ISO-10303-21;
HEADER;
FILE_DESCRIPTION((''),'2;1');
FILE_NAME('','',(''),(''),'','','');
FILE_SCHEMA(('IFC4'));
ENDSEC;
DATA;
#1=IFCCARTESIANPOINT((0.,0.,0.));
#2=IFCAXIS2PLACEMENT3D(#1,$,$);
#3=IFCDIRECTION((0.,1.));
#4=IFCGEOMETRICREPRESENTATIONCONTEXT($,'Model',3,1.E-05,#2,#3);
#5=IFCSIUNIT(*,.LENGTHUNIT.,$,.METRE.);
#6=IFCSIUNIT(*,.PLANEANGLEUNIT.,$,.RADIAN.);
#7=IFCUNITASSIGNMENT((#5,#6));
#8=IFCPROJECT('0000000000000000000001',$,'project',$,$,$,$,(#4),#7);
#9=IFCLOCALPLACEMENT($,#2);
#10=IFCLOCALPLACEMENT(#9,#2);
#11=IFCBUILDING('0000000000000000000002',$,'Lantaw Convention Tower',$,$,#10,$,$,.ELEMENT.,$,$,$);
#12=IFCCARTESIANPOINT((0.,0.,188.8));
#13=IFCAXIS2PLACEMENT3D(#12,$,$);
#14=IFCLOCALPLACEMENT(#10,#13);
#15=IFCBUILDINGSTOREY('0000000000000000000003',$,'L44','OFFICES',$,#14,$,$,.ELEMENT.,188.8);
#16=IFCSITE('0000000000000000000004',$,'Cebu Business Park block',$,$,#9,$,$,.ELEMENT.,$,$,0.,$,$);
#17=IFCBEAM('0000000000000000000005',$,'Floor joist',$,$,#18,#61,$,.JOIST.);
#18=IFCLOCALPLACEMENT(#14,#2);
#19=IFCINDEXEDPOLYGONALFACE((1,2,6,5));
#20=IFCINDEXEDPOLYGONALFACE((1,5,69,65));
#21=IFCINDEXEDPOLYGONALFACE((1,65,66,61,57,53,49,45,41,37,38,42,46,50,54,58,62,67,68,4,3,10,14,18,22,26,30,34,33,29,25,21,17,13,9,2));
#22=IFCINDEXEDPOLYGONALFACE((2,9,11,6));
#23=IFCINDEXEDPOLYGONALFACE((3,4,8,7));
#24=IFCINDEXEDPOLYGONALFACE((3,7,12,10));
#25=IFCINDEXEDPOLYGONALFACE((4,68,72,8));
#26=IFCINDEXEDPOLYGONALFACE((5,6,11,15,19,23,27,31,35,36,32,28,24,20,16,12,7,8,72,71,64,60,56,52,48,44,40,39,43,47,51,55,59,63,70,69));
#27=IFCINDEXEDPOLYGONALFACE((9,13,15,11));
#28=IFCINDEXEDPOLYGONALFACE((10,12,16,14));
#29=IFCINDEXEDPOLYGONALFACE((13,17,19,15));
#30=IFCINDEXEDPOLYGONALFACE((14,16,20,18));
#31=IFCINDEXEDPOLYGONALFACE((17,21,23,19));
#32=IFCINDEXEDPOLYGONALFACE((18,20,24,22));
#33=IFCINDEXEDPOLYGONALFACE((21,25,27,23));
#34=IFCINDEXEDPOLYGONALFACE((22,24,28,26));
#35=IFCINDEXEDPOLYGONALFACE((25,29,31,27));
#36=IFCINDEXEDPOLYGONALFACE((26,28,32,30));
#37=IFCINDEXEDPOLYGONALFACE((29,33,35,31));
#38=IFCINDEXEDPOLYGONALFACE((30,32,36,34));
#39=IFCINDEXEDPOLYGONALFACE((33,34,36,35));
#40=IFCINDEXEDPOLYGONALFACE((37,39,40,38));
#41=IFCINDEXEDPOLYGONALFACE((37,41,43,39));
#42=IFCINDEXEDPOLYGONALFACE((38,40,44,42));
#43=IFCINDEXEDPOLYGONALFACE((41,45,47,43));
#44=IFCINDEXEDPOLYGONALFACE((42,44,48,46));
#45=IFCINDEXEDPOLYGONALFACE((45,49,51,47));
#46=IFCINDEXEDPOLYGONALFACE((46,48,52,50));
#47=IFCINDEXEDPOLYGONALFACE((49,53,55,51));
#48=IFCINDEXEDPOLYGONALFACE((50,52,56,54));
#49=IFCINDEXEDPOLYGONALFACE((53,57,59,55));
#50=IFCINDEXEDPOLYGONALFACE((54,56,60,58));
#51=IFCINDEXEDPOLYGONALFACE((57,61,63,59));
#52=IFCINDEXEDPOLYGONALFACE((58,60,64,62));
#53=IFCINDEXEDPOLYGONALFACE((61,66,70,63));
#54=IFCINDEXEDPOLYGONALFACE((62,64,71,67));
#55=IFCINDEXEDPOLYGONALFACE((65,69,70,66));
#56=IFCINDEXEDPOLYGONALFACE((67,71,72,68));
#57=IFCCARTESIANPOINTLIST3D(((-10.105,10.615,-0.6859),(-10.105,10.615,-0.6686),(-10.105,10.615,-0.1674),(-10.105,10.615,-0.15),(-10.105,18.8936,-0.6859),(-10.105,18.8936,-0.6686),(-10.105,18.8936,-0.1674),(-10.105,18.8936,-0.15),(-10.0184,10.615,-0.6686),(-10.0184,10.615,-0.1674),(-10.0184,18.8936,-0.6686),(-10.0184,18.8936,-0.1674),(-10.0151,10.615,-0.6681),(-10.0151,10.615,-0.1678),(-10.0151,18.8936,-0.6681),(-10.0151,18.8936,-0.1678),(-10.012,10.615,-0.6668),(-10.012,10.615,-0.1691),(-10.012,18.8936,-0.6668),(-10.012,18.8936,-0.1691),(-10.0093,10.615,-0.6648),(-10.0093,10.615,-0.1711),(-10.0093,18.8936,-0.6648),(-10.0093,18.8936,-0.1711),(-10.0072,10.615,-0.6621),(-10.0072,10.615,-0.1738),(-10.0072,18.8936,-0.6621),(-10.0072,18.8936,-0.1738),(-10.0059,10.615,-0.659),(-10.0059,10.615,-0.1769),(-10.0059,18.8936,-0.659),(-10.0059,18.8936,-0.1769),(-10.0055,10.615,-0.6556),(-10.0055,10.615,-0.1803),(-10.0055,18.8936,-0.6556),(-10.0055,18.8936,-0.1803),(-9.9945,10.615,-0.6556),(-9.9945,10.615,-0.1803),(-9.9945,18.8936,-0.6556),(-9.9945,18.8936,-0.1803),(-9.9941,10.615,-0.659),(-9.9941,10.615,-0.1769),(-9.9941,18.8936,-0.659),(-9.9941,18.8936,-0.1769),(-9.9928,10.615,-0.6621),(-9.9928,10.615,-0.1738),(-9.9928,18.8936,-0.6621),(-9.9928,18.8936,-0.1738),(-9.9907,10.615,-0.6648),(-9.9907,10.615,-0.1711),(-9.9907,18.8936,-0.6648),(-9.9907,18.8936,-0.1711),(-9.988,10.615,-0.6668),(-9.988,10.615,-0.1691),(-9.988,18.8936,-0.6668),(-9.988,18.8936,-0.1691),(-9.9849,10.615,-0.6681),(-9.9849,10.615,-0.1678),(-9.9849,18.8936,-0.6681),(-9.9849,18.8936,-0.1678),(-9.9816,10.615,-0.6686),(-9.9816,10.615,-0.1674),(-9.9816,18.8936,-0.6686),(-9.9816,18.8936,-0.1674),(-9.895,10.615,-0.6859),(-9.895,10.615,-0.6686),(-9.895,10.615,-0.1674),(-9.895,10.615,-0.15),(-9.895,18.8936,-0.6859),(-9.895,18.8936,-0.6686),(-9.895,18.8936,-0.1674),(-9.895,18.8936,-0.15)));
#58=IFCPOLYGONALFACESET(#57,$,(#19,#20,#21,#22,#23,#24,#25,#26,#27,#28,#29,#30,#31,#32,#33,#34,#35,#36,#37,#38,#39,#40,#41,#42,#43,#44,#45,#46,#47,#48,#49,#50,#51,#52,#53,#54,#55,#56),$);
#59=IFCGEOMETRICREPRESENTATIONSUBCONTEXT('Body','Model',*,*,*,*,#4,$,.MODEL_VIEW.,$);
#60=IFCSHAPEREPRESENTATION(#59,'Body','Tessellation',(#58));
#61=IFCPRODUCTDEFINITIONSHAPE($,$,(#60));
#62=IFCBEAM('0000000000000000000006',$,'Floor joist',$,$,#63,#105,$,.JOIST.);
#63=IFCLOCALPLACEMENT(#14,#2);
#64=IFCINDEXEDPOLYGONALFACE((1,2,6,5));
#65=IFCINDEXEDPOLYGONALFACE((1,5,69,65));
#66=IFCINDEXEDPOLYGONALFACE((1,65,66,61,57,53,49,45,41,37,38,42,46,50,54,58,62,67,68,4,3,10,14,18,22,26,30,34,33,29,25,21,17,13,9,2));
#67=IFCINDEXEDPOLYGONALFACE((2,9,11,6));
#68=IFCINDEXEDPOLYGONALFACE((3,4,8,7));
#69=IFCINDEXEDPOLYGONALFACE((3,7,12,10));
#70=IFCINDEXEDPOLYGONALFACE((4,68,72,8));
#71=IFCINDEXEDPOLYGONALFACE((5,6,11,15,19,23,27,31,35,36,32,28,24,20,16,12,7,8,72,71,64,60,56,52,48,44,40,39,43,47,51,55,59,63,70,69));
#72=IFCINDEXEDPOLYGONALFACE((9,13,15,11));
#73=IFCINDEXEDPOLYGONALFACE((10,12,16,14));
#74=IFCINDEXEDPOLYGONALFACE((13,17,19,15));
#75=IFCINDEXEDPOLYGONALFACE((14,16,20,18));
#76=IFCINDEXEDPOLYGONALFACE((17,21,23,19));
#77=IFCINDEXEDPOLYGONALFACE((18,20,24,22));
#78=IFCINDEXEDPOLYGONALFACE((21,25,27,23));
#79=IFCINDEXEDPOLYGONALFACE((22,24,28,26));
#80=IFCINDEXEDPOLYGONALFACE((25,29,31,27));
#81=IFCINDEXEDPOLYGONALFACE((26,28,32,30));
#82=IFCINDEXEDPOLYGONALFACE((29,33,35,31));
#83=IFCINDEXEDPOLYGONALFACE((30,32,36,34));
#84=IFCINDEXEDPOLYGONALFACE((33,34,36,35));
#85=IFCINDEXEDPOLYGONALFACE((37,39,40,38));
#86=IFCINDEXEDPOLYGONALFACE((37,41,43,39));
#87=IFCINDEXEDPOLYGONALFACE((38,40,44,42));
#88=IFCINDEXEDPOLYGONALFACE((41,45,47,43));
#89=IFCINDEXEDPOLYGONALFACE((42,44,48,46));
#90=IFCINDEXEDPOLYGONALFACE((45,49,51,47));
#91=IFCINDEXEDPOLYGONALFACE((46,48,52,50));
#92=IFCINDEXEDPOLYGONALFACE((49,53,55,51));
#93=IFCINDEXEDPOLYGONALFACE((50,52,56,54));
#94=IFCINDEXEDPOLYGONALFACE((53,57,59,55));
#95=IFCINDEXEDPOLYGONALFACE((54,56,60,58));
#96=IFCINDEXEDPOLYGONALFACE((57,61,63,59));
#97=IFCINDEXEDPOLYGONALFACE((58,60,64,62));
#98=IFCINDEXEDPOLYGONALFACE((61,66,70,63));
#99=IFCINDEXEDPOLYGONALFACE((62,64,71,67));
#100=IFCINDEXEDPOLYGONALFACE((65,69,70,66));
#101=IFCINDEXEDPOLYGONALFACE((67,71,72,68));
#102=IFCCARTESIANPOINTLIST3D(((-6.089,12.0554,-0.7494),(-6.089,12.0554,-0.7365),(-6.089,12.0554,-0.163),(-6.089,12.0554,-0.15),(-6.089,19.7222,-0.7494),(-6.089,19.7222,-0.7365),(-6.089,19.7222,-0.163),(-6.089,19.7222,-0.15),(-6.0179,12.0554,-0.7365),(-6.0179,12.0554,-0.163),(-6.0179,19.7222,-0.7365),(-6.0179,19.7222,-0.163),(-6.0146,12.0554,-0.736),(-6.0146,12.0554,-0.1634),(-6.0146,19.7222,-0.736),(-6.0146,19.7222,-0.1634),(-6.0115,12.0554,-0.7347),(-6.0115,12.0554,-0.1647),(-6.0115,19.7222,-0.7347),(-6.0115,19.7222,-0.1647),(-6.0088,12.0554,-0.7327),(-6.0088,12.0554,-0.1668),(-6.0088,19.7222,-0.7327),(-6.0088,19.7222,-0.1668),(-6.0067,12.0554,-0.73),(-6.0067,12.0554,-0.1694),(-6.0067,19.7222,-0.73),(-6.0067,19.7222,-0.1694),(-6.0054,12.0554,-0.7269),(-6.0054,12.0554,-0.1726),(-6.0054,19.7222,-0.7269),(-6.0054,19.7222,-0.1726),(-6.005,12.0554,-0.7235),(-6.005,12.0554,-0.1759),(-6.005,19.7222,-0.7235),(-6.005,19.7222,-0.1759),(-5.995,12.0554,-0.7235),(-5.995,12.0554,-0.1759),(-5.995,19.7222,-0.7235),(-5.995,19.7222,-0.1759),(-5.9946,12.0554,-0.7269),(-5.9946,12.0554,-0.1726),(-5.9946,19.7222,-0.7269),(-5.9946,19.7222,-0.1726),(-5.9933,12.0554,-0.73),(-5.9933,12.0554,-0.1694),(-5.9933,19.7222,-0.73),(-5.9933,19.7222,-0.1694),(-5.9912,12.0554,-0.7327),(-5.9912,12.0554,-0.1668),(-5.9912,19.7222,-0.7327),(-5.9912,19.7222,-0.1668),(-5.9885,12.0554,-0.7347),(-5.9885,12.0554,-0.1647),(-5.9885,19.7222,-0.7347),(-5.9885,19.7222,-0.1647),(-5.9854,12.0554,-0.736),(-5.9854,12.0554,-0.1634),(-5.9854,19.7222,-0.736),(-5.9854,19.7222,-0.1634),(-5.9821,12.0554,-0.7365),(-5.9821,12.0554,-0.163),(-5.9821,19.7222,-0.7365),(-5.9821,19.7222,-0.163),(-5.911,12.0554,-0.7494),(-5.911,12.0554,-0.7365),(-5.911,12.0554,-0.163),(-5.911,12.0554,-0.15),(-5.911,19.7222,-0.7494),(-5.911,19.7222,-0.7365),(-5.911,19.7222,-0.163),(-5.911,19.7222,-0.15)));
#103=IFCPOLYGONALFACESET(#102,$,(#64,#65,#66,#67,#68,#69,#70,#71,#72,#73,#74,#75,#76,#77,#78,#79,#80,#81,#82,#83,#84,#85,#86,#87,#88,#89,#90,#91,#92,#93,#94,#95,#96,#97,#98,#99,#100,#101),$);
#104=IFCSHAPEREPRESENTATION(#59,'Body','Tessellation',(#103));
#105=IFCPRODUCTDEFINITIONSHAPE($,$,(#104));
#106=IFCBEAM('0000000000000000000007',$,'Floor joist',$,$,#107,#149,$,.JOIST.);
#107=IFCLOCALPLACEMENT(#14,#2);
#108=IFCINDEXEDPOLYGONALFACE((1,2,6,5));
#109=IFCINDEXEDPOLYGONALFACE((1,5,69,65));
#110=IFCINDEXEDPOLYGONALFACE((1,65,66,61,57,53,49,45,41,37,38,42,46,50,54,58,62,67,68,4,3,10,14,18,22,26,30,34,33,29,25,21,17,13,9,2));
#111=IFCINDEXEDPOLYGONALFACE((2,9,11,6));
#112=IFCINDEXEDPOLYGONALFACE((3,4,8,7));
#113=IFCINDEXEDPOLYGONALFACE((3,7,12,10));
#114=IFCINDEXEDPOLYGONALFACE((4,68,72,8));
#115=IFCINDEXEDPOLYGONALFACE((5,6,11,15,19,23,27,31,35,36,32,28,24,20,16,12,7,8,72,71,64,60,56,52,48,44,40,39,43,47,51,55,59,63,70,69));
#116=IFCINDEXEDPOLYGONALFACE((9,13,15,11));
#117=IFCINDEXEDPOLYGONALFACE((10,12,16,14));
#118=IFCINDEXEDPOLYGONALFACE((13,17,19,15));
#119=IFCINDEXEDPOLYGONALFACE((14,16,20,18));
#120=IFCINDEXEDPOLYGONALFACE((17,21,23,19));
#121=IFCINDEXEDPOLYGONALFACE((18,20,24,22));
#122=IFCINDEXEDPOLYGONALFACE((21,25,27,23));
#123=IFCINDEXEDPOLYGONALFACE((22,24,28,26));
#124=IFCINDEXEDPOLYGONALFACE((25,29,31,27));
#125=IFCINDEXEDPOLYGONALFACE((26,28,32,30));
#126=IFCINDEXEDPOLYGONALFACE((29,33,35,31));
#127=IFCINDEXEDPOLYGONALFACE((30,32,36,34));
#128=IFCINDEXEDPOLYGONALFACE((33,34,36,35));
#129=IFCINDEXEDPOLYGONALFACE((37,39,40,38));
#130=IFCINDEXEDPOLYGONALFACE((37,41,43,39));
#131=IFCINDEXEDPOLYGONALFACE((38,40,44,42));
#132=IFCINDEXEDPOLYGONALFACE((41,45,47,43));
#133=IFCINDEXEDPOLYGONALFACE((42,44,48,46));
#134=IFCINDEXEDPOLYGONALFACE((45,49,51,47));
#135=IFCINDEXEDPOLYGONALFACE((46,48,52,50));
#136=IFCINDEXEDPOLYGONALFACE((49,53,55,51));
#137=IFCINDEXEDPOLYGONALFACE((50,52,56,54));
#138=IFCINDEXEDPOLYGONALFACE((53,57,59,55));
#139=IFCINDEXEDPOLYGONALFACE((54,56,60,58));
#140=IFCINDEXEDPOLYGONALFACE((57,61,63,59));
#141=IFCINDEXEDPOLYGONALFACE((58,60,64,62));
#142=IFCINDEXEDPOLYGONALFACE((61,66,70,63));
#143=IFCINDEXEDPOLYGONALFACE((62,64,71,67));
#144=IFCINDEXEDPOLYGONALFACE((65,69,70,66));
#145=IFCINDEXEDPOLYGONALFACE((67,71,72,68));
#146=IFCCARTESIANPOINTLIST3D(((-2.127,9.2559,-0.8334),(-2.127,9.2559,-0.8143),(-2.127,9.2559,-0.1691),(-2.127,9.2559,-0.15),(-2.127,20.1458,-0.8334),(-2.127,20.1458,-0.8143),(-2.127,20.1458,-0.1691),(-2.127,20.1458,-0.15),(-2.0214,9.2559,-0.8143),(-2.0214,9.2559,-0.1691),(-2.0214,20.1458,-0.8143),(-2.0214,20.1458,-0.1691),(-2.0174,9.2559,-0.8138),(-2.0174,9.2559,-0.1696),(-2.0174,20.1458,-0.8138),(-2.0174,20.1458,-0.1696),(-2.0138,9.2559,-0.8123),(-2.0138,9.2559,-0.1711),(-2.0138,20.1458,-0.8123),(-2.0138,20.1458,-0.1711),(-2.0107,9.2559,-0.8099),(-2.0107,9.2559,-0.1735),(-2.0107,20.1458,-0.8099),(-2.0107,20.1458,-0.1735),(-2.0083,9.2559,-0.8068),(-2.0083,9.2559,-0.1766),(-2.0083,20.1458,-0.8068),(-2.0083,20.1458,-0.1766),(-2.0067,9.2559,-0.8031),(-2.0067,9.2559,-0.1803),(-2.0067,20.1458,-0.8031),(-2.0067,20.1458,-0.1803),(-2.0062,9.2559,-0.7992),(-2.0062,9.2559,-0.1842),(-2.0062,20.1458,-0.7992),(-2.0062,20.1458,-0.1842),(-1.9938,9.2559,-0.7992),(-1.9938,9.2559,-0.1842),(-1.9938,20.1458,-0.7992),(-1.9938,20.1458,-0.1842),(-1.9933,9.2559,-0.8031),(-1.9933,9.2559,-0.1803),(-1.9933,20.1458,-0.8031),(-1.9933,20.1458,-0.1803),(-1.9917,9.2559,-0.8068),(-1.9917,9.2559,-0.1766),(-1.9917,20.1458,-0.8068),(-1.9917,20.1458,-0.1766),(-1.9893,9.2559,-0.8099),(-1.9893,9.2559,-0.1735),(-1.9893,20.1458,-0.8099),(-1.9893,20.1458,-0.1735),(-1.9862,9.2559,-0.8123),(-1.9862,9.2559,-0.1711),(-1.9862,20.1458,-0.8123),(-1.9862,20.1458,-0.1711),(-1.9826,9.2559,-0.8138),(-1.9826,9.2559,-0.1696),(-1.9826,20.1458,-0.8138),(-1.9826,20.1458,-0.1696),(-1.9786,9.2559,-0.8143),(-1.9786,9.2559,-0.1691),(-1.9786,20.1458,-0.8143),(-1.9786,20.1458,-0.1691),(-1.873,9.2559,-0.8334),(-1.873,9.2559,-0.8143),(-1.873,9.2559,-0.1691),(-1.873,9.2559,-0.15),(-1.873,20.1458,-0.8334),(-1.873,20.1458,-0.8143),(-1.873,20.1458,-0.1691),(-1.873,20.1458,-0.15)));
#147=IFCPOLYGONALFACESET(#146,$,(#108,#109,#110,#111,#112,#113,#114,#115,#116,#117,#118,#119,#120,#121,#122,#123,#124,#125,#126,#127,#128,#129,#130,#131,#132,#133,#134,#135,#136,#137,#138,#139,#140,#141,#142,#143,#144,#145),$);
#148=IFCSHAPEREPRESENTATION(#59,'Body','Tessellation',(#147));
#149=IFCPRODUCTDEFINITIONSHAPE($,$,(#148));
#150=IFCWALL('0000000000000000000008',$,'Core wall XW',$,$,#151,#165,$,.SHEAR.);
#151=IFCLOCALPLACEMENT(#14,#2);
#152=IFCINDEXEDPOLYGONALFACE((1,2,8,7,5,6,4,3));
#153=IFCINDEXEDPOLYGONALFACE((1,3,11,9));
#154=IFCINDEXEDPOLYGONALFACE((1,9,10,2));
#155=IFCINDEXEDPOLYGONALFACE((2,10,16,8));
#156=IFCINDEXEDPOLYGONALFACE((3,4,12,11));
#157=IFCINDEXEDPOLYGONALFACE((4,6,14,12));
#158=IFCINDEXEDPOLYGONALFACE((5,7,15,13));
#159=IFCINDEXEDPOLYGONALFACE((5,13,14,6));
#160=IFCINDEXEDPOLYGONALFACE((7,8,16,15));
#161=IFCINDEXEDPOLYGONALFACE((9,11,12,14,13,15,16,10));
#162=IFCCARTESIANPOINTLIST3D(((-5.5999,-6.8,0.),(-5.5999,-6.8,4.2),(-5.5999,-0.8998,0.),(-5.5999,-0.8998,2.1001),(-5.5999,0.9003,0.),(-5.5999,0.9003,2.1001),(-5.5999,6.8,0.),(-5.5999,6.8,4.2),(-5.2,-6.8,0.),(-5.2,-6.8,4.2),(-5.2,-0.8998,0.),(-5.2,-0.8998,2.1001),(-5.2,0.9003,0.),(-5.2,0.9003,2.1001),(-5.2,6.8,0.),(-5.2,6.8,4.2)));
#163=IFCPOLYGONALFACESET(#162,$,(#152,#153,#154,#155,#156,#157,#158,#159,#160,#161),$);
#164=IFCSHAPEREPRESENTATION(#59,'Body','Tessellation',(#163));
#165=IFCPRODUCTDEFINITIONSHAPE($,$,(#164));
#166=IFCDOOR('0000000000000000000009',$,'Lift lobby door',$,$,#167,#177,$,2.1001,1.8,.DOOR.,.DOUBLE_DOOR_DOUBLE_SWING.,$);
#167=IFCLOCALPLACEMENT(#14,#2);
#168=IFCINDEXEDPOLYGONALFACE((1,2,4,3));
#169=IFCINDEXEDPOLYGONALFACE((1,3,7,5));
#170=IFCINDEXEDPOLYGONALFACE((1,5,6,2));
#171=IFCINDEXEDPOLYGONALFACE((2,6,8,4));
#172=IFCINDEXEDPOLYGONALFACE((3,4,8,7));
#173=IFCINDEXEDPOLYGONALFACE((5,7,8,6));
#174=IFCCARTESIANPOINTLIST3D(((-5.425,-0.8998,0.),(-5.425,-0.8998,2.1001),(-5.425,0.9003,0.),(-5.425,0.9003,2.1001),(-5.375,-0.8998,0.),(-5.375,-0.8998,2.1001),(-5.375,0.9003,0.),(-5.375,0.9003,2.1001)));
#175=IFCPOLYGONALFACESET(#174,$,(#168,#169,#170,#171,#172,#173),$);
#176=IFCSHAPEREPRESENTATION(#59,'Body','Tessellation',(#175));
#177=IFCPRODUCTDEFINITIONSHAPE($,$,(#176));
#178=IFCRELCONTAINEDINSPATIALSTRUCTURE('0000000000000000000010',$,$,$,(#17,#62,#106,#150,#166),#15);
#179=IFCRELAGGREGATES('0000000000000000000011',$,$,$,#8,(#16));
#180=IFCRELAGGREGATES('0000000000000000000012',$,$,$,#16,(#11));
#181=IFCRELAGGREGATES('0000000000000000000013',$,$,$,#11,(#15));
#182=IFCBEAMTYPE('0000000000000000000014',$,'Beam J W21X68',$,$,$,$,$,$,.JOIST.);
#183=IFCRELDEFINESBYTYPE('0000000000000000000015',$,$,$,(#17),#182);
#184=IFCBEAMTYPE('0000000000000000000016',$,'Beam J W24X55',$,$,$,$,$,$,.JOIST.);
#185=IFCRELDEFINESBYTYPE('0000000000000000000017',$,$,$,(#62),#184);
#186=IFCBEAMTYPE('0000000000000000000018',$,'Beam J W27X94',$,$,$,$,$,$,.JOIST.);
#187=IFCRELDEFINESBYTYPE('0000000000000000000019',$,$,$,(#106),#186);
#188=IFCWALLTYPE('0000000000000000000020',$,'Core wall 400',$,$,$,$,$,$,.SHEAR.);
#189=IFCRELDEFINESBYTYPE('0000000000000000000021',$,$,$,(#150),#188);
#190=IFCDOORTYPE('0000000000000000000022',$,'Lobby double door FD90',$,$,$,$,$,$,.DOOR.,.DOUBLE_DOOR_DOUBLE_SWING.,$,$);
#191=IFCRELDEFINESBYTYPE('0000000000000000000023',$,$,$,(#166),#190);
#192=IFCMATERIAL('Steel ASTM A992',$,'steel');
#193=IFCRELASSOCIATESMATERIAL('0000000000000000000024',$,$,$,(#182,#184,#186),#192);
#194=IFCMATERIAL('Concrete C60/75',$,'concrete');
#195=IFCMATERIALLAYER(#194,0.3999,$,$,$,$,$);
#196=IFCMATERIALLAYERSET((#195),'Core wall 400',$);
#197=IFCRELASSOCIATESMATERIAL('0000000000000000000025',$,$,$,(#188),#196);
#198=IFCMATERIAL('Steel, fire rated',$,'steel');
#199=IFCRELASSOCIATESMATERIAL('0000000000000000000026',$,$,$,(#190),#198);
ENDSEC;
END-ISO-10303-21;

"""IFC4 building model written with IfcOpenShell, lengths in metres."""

from ifc_helpers import new_model, si_unit, direction, frame, frame_2d, origin, origin_2d, place, context, subcontext, project, spatial, rectangle, i_section, extrude, material, layer, layer_set, material_profile, profile_set, type_object, element, fill, save


model = new_model("IFC4")

# Units and contexts
model_context = context("Model", 3, precision=1e-05, world=origin(), true_north=direction((0.0, 1.0)))
body_context = subcontext(model_context, "Body", "Model", "MODEL_VIEW")
ifc_project = project(units=[si_unit("LENGTHUNIT", "METRE"), si_unit("PLANEANGLEUNIT", "RADIAN")], contexts=[model_context])

# Site, building, storey
site_placement = place(None, origin())
site = spatial("IfcSite", under=ifc_project, at=site_placement, Name="Cebu Business Park block", CompositionType="ELEMENT", RefElevation=0.0)
building_placement = place(site_placement, origin())
building = spatial("IfcBuilding", under=site, at=building_placement, Name="Lantaw Convention Tower", CompositionType="ELEMENT")
storey_placement = place(building_placement, frame((0.0, 0.0, 188.8)))
storey = spatial("IfcBuildingStorey", under=building, at=storey_placement, Name="L44", Description="OFFICES", CompositionType="ELEMENT", Elevation=188.8)

# Shared definitions
ifc_material_1 = material(Name="Concrete C60/75", Category="concrete")

# Beams
ifc_material_2 = material(Name="Steel ASTM A992", Category="steel")
ifc_material_profile_1 = material_profile(ifc_material_2, i_section(OverallWidth=0.21, OverallDepth=0.5359, WebThickness=0.011, FlangeThickness=0.0173, FilletRadius=0.0129, at=origin_2d()), Name="W21X68")
ifc_profile_set_1 = profile_set([ifc_material_profile_1], Name="Steel ASTM A992")
beam_type_1 = type_object("IfcBeamType", Name="Beam J W21X68", PredefinedType="JOIST", material=ifc_profile_set_1)
beam_1_placement = place(storey_placement, frame((-10.0, 10.615, -0.418), z_axis=(0.0, 1.0, 0.0), x_axis=(-1.0, 0.0, 0.0)))
element("IfcBeam", 1, at=beam_1_placement, inside=storey, type_object=beam_type_1, Name="Floor joist", PredefinedType="JOIST", context=body_context, shape_type="SweptSolid", body=[
    extrude(i_section(OverallWidth=0.21, OverallDepth=0.5359, WebThickness=0.011, FlangeThickness=0.0173, FilletRadius=0.0129, at=origin_2d()), origin(), (0.0, 0.0, 1.0), 8.2786),
])
ifc_material_profile_2 = material_profile(ifc_material_2, i_section(OverallWidth=0.178, OverallDepth=0.5994, WebThickness=0.01, FlangeThickness=0.0129, FilletRadius=0.0129, at=origin_2d()), Name="W24X55")
ifc_profile_set_2 = profile_set([ifc_material_profile_2], Name="Steel ASTM A992")
beam_type_2 = type_object("IfcBeamType", Name="Beam J W24X55", PredefinedType="JOIST", material=ifc_profile_set_2)
beam_2_placement = place(storey_placement, frame((-6.0, 12.0554, -0.4497), z_axis=(0.0, 1.0, 0.0), x_axis=(-1.0, 0.0, 0.0)))
element("IfcBeam", 2, at=beam_2_placement, inside=storey, type_object=beam_type_2, Name="Floor joist", PredefinedType="JOIST", context=body_context, shape_type="SweptSolid", body=[
    extrude(i_section(OverallWidth=0.178, OverallDepth=0.5994, WebThickness=0.01, FlangeThickness=0.0129, FilletRadius=0.0129, at=origin_2d()), origin(), (0.0, 0.0, 1.0), 7.6667),
])
ifc_material_profile_3 = material_profile(ifc_material_2, i_section(OverallWidth=0.2539, OverallDepth=0.6833, WebThickness=0.0125, FlangeThickness=0.019, FilletRadius=0.0151, at=origin_2d()), Name="W27X94")
ifc_profile_set_3 = profile_set([ifc_material_profile_3], Name="Steel ASTM A992")
beam_type_3 = type_object("IfcBeamType", Name="Beam J W27X94", PredefinedType="JOIST", material=ifc_profile_set_3)
beam_3_placement = place(storey_placement, frame((-2.0, 9.2559, -0.4917), z_axis=(0.0, 1.0, 0.0), x_axis=(-1.0, 0.0, 0.0)))
element("IfcBeam", 3, at=beam_3_placement, inside=storey, type_object=beam_type_3, Name="Floor joist", PredefinedType="JOIST", context=body_context, shape_type="SweptSolid", body=[
    extrude(i_section(OverallWidth=0.2539, OverallDepth=0.6833, WebThickness=0.0125, FlangeThickness=0.019, FilletRadius=0.0151, at=origin_2d()), origin(), (0.0, 0.0, 1.0), 10.8899),
])

# Wall, opening, door
ifc_layer_1 = layer(ifc_material_1, 0.3999)
ifc_layer_set_1 = layer_set([ifc_layer_1], Name="Core wall 400")
wall_type_1 = type_object("IfcWallType", Name="Core wall 400", PredefinedType="SHEAR", material=ifc_layer_set_1)
wall_1_placement = place(storey_placement, frame((-5.3999, 6.8, 0.0), z_axis=(0.0, 0.0, 1.0), x_axis=(0.0, -1.0, 0.0)))
wall_1 = element("IfcWall", 4, at=wall_1_placement, inside=storey, type_object=wall_type_1, Name="Core wall XW", PredefinedType="SHEAR", context=body_context, shape_type="SweptSolid", body=[
    extrude(rectangle(XDim=13.6001, YDim=0.3999, at=frame_2d((6.8, 0.0))), origin(), (0.0, 0.0, 1.0), 4.2),
])
opening_1_placement = place(wall_1_placement, frame((5.8999, 0.0, 0.0)))
opening_1 = element("IfcOpeningElement", 5, at=opening_1_placement, cuts=wall_1, PredefinedType="OPENING", context=body_context, shape_type="SweptSolid", body=[
    extrude(rectangle(XDim=1.8, YDim=2.1001, at=frame_2d((0.8999, 1.05))), frame((0.0, 0.21, 0.0), z_axis=(0.0, -1.0, 0.0), x_axis=(1.0, 0.0, 0.0)), (0.0, 0.0, 1.0), 0.4199),
])
ifc_material_3 = material(Name="Steel, fire rated", Category="steel")
door_type_1 = type_object("IfcDoorType", Name="Lobby double door FD90", OperationType="DOUBLE_DOOR_DOUBLE_SWING", PredefinedType="DOOR", material=ifc_material_3)
door_1_placement = place(opening_1_placement, origin())
door_1 = element("IfcDoor", 6, at=door_1_placement, inside=storey, type_object=door_type_1, Name="Lift lobby door", OperationType="DOUBLE_DOOR_DOUBLE_SWING", OverallHeight=2.1001, OverallWidth=1.8, PredefinedType="DOOR", context=body_context, shape_type="SweptSolid", body=[
    extrude(rectangle(XDim=1.8, YDim=2.1001, at=frame_2d((0.8999, 1.05))), frame((0.0, 0.0249, 0.0), z_axis=(0.0, -1.0, 0.0), x_axis=(1.0, 0.0, 0.0)), (0.0, 0.0, 1.0), 0.05),
])
fill(opening_1, door_1)

save(model, "model.ifc")
